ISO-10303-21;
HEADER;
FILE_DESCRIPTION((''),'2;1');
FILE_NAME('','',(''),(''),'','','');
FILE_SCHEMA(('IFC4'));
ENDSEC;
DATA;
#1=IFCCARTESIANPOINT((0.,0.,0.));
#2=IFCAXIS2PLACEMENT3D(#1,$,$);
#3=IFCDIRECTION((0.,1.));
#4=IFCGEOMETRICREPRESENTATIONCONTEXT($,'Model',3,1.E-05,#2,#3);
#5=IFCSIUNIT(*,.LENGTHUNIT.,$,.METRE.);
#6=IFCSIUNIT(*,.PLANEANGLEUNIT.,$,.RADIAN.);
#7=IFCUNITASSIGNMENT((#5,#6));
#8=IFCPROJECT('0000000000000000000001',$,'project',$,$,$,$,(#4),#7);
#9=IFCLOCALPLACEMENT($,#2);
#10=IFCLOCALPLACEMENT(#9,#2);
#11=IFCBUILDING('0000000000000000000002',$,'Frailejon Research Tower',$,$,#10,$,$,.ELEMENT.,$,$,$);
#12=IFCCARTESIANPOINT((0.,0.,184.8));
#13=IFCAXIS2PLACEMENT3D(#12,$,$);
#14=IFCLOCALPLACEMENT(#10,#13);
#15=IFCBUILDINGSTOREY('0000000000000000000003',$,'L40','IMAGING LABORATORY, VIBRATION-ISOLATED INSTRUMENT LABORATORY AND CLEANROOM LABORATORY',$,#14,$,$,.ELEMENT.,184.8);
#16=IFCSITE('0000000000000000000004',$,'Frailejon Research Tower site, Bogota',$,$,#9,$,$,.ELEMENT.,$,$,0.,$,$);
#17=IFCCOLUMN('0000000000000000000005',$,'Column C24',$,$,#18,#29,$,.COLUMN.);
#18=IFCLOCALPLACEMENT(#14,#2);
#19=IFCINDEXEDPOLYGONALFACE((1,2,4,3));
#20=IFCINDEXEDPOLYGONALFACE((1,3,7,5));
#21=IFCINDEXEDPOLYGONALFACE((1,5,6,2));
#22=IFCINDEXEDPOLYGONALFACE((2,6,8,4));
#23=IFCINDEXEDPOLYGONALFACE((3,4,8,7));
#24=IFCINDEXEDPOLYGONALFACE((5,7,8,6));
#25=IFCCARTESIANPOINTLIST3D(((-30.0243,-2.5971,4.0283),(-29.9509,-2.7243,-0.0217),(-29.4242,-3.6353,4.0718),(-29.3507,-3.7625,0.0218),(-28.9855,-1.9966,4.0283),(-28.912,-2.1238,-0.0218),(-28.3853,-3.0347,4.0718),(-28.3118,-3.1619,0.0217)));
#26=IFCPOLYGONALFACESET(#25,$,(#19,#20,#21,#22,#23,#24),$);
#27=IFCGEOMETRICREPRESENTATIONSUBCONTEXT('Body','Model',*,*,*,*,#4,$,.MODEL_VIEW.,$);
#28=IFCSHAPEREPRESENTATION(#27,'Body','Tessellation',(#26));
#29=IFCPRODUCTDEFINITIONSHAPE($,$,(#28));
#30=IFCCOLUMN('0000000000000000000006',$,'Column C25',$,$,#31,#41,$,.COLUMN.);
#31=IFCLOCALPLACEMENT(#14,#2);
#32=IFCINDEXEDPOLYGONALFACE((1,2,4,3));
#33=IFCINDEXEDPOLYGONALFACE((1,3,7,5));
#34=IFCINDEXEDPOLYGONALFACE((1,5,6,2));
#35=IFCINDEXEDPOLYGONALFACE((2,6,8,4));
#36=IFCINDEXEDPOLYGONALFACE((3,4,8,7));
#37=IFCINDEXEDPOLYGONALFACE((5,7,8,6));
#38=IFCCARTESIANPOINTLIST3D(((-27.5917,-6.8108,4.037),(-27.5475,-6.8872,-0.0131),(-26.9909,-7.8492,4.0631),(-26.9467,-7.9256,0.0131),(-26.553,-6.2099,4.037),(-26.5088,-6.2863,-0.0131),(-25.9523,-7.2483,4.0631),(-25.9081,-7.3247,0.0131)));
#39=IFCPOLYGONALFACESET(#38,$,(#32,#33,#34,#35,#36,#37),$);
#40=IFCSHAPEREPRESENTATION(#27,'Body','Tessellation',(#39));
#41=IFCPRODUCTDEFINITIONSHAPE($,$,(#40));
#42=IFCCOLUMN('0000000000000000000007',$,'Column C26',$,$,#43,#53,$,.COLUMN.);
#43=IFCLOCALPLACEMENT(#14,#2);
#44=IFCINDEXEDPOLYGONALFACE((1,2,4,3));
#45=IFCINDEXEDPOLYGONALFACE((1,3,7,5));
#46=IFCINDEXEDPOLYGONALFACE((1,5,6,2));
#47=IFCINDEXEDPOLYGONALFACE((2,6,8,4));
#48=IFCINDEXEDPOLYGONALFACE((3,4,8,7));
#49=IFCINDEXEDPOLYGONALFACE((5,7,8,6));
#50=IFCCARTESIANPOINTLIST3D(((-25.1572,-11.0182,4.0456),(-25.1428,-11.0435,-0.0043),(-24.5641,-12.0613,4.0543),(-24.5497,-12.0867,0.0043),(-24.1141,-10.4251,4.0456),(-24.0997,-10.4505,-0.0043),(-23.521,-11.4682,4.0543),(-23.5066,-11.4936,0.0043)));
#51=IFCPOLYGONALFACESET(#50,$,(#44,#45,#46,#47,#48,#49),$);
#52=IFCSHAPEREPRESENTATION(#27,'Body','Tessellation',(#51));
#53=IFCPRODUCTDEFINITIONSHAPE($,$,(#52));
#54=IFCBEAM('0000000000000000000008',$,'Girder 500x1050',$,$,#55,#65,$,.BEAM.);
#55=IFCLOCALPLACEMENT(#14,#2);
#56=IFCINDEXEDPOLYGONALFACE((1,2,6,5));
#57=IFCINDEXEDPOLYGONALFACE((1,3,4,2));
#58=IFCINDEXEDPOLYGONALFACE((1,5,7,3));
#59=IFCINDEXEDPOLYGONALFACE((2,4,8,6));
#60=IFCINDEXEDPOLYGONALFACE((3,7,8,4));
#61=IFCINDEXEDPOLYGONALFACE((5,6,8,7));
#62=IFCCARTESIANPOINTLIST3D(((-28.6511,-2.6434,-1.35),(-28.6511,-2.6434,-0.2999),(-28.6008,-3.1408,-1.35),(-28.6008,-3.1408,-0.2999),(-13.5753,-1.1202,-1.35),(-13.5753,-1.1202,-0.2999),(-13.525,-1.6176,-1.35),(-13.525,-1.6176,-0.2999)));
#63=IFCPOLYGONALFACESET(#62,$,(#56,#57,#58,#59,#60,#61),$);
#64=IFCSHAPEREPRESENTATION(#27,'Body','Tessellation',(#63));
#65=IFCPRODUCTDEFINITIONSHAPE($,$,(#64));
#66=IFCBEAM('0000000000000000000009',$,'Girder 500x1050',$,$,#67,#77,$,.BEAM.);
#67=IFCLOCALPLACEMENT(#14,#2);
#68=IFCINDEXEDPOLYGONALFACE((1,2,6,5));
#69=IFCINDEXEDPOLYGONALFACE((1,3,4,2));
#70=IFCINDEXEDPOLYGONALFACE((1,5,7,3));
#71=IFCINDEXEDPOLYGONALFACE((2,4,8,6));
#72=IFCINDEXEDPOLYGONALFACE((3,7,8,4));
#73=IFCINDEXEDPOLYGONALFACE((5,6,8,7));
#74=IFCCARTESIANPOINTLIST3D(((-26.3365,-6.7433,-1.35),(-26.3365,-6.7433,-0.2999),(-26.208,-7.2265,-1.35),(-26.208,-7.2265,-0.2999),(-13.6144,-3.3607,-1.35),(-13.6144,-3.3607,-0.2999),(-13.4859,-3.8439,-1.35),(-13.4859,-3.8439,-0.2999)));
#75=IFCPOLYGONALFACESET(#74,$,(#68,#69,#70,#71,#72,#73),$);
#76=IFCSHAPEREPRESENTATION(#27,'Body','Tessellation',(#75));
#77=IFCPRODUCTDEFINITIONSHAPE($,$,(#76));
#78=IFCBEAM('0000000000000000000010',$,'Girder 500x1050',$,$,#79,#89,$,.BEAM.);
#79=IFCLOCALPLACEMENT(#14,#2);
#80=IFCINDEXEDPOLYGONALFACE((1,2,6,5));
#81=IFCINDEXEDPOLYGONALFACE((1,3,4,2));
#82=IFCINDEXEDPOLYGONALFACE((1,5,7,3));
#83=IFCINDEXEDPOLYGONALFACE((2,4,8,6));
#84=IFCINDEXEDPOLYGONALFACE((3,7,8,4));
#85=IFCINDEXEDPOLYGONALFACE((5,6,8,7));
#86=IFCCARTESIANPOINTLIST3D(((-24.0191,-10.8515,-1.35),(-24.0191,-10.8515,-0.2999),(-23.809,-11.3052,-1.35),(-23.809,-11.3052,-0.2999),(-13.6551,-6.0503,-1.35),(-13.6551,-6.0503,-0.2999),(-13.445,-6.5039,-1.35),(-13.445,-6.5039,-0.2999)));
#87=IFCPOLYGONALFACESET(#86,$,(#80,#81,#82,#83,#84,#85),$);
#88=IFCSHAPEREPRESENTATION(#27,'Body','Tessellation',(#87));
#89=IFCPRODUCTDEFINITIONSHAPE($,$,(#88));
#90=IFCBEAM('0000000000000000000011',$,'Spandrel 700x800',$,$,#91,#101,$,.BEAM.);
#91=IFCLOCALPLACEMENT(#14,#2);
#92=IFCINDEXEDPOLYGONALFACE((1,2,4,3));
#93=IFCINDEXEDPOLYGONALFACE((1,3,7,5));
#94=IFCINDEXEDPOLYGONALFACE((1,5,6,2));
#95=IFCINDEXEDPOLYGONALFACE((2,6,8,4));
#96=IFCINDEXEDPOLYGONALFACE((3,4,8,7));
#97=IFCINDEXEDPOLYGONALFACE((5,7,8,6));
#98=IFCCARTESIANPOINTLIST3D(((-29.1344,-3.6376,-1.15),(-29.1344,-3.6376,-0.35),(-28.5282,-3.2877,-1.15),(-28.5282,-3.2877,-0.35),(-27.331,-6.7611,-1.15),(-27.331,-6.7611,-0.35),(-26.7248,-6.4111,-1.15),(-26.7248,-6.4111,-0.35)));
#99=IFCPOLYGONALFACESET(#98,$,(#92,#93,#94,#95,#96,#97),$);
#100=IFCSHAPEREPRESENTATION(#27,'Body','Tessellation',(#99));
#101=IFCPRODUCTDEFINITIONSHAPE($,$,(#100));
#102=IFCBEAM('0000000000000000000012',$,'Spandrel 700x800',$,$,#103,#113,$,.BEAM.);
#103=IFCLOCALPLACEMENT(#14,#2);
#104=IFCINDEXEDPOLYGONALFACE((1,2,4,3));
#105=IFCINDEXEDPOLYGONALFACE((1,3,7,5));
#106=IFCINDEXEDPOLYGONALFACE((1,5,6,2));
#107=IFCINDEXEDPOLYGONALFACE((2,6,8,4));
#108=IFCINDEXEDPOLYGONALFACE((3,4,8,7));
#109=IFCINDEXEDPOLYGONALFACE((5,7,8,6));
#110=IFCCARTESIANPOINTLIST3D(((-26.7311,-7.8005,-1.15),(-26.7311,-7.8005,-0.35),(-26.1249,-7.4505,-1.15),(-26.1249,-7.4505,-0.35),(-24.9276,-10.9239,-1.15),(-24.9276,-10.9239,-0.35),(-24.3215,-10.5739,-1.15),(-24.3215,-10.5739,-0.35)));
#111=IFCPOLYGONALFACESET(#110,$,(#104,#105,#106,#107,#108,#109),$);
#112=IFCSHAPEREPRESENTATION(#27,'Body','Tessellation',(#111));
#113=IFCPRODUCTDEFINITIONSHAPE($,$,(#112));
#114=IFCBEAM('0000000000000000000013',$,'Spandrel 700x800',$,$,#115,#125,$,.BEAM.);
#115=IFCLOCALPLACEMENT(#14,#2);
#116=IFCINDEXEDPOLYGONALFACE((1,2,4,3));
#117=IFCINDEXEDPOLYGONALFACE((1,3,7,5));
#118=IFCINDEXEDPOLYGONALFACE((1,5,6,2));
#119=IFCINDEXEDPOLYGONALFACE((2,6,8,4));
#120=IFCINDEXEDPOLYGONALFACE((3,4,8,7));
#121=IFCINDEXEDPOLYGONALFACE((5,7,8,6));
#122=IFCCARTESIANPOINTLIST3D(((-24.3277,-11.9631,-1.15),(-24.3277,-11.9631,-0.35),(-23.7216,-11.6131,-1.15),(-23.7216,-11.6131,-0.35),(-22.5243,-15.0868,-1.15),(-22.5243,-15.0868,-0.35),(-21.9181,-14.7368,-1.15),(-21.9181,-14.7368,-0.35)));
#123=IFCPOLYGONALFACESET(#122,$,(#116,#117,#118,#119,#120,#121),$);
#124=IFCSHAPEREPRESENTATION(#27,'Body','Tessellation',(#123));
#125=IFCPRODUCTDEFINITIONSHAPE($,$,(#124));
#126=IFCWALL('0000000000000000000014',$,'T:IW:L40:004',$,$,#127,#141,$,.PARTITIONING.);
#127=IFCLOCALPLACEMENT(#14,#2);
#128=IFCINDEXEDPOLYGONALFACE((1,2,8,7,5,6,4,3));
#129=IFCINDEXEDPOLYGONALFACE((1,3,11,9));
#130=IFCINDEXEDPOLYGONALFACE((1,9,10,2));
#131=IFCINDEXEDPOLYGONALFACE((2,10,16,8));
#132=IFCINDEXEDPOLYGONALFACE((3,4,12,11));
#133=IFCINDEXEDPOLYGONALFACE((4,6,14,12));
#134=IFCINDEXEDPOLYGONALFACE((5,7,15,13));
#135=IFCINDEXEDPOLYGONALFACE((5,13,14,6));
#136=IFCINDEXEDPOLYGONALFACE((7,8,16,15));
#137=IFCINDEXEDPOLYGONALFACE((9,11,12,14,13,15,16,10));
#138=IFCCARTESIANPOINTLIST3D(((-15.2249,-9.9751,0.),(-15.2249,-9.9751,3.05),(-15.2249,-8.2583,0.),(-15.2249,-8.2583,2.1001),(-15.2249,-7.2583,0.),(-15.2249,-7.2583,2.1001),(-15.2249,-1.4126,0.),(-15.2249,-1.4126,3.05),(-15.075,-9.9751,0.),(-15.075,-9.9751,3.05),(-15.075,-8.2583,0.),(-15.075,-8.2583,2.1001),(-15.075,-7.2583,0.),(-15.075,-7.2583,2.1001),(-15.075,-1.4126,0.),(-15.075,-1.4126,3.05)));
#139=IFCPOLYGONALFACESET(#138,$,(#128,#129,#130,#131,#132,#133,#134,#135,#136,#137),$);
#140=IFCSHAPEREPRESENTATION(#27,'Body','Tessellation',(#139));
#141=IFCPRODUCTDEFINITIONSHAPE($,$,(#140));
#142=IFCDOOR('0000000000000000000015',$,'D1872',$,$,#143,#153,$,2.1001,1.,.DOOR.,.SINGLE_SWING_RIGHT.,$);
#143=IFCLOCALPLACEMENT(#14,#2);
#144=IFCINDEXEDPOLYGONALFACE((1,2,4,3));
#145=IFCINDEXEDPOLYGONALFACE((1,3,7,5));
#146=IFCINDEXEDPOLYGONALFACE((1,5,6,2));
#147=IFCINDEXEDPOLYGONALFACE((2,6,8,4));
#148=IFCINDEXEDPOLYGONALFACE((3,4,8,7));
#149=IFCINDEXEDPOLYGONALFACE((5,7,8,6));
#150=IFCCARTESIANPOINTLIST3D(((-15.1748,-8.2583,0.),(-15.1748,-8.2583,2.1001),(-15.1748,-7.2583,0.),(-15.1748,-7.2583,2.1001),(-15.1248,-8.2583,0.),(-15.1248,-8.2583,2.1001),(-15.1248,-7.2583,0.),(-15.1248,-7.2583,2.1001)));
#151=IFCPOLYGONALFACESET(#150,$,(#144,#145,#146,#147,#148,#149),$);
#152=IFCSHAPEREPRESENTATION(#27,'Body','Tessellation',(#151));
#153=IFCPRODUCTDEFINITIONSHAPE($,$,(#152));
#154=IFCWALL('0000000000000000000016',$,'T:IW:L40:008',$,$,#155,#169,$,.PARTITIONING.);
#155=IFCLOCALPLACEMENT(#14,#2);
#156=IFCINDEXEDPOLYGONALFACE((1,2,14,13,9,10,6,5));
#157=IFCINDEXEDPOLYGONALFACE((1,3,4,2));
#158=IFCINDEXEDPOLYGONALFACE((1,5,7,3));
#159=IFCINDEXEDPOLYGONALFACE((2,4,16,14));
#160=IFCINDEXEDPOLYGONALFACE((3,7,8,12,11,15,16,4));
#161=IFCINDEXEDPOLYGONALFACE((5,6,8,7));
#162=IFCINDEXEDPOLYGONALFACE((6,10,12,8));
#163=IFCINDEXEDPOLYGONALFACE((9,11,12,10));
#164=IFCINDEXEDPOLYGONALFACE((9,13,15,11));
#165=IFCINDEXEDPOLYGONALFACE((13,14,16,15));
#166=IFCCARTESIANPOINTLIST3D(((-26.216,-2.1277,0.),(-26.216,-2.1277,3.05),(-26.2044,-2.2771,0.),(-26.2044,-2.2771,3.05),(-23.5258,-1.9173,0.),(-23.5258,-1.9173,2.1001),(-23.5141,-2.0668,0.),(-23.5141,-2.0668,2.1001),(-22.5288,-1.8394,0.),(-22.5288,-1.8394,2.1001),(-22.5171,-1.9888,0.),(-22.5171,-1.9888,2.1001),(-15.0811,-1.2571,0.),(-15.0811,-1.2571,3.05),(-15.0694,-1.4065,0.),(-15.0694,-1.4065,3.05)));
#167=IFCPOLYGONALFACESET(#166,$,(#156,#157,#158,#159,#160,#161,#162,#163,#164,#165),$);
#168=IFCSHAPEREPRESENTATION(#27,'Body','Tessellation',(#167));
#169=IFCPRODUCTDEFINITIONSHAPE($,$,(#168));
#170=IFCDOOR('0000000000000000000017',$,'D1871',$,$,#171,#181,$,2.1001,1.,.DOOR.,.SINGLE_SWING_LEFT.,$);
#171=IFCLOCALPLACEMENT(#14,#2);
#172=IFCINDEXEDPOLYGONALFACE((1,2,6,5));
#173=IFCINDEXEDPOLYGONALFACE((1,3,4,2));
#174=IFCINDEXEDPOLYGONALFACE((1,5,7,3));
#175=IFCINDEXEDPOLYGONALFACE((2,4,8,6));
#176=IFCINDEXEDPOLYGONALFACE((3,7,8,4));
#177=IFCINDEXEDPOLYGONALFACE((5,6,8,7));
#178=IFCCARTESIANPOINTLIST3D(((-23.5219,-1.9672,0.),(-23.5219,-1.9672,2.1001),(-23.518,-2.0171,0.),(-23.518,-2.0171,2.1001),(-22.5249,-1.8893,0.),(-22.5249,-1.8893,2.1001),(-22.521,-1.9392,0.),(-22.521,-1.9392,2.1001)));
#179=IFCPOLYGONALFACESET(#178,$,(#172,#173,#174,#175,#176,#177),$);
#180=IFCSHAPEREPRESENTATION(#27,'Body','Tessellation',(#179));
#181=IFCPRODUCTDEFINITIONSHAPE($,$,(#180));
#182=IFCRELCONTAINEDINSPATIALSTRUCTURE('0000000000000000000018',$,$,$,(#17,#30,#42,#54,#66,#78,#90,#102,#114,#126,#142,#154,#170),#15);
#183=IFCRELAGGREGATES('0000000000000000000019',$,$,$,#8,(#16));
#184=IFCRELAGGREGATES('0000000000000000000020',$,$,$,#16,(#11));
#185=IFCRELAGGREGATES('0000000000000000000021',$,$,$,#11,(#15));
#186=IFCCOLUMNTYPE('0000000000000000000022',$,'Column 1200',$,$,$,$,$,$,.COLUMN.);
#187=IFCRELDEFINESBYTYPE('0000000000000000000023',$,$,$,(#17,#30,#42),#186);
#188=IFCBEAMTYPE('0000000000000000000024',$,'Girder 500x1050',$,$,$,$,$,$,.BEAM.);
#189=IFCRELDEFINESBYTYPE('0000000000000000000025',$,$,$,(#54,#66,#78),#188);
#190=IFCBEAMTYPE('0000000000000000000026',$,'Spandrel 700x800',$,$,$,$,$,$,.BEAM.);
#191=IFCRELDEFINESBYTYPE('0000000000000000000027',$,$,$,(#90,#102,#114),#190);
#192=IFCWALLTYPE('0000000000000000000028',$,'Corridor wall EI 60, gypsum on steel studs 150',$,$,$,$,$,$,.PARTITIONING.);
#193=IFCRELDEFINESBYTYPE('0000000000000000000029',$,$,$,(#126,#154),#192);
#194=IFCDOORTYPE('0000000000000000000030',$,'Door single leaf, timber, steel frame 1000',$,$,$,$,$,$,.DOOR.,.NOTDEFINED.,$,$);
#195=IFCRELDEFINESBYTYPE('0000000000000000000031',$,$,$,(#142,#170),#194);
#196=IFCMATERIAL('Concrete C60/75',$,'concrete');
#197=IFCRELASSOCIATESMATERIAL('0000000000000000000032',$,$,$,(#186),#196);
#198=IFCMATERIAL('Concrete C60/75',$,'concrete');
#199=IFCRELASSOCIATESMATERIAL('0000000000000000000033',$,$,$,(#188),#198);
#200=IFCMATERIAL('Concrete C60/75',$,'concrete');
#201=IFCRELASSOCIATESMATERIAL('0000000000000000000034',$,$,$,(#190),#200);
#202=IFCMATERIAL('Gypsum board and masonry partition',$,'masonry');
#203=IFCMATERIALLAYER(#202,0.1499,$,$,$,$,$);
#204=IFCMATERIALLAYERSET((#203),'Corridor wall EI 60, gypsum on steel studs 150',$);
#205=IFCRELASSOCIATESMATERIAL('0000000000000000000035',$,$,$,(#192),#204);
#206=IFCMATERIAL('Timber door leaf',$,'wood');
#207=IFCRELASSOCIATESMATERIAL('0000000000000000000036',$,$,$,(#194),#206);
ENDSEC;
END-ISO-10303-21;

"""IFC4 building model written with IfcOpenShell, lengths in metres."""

from ifc_helpers import new_model, si_unit, direction, frame, frame_2d, origin, origin_2d, place, context, subcontext, project, spatial, rectangle, extrude, material, layer, layer_set, material_profile, profile_set, type_object, element, fill, save


model = new_model("IFC4")

# Units and contexts
model_context = context("Model", 3, precision=1e-05, world=origin(), true_north=direction((0.0, 1.0)))
body_context = subcontext(model_context, "Body", "Model", "MODEL_VIEW")
ifc_project = project(units=[si_unit("LENGTHUNIT", "METRE"), si_unit("PLANEANGLEUNIT", "RADIAN")], contexts=[model_context])

# Site, building, storey
site_placement = place(None, origin())
site = spatial("IfcSite", under=ifc_project, at=site_placement, Name="Frailejon Research Tower site, Bogota", CompositionType="ELEMENT", RefElevation=0.0)
building_placement = place(site_placement, origin())
building = spatial("IfcBuilding", under=site, at=building_placement, Name="Frailejon Research Tower", CompositionType="ELEMENT")
storey_placement = place(building_placement, frame((0.0, 0.0, 184.8)))
storey = spatial("IfcBuildingStorey", under=building, at=storey_placement, Name="L40", Description="IMAGING LABORATORY, VIBRATION-ISOLATED INSTRUMENT LABORATORY AND CLEANROOM LABORATORY", CompositionType="ELEMENT", Elevation=184.8)

# Columns
ifc_material_1 = material(Name="Concrete C60/75", Category="concrete")
ifc_material_profile_1 = material_profile(ifc_material_1, rectangle(XDim=1.2, YDim=1.2, at=origin_2d()), Name="Column 1200")
ifc_profile_set_1 = profile_set([ifc_material_profile_1], Name="Concrete C60/75")
column_type = type_object("IfcColumnType", Name="Column 1200", PredefinedType="COLUMN", material=ifc_profile_set_1)
column_1_placement = place(storey_placement, frame((-29.1313, -2.9431, 0.0), z_axis=(-0.018133, 0.031386, 0.999343), x_axis=(0.500145, -0.865183, 0.036247)))
element("IfcColumn", 1, at=column_1_placement, inside=storey, type_object=column_type, Name="Column C24", PredefinedType="COLUMN", context=body_context, shape_type="SweptSolid", body=[
    extrude(rectangle(XDim=1.2, YDim=1.2, at=origin_2d()), origin(), (0.0, 0.0, 1.0), 4.0527),
])
column_2_placement = place(storey_placement, frame((-26.7278, -7.106, 0.0), z_axis=(-0.010908, 0.018863, 0.999763), x_axis=(0.500638, -0.865382, 0.02179)))
element("IfcColumn", 2, at=column_2_placement, inside=storey, type_object=column_type, Name="Column C25", PredefinedType="COLUMN", context=body_context, shape_type="SweptSolid", body=[
    extrude(rectangle(XDim=1.2, YDim=1.2, at=origin_2d()), origin(), (0.0, 0.0, 1.0), 4.051),
])
column_3_placement = place(storey_placement, frame((-24.3247, -11.2686, 0.0), z_axis=(-0.003556, 0.006269, 0.999974), x_axis=(0.494246, -0.869292, 0.007208)))
element("IfcColumn", 3, at=column_3_placement, inside=storey, type_object=column_type, Name="Column C26", PredefinedType="COLUMN", context=body_context, shape_type="SweptSolid", body=[
    extrude(rectangle(XDim=1.2, YDim=1.2, at=origin_2d()), origin(), (0.0, 0.0, 1.0), 4.05),
])

# Beams
ifc_material_2 = material(Name="Concrete C60/75", Category="concrete")
ifc_material_profile_2 = material_profile(ifc_material_2, rectangle(XDim=0.5, YDim=1.05, at=origin_2d()), Name="Girder 500x1050")
ifc_profile_set_2 = profile_set([ifc_material_profile_2], Name="Concrete C60/75")
beam_type_1 = type_object("IfcBeamType", Name="Girder 500x1050", PredefinedType="BEAM", material=ifc_profile_set_2)
beam_1_placement = place(storey_placement, frame((-28.626, -2.8921, -0.825), z_axis=(0.994935, 0.100523, 0.0), x_axis=(-0.100523, 0.994935, 0.0)))
element("IfcBeam", 4, at=beam_1_placement, inside=storey, type_object=beam_type_1, Name="Girder 500x1050", PredefinedType="BEAM", context=body_context, shape_type="SweptSolid", body=[
    extrude(rectangle(XDim=0.5, YDim=1.05, at=origin_2d()), origin(), (0.0, 0.0, 1.0), 15.1526),
])
beam_2_placement = place(storey_placement, frame((-26.2722, -6.9849, -0.825), z_axis=(0.966424, 0.256953, 0.0), x_axis=(-0.256953, 0.966424, 0.0)))
element("IfcBeam", 5, at=beam_2_placement, inside=storey, type_object=beam_type_1, Name="Girder 500x1050", PredefinedType="BEAM", context=body_context, shape_type="SweptSolid", body=[
    extrude(rectangle(XDim=0.5, YDim=1.05, at=origin_2d()), origin(), (0.0, 0.0, 1.0), 13.1641),
])
beam_3_placement = place(storey_placement, frame((-23.9141, -11.0784, -0.825), z_axis=(0.907363, 0.420348, 0.0), x_axis=(-0.420348, 0.907363, 0.0)))
element("IfcBeam", 6, at=beam_3_placement, inside=storey, type_object=beam_type_1, Name="Girder 500x1050", PredefinedType="BEAM", context=body_context, shape_type="SweptSolid", body=[
    extrude(rectangle(XDim=0.5, YDim=1.05, at=origin_2d()), origin(), (0.0, 0.0, 1.0), 11.4221),
])
ifc_material_3 = material(Name="Concrete C60/75", Category="concrete")
ifc_material_profile_3 = material_profile(ifc_material_3, rectangle(XDim=0.7, YDim=0.8, at=origin_2d()), Name="Spandrel 700x800")
ifc_profile_set_3 = profile_set([ifc_material_profile_3], Name="Concrete C60/75")
beam_type_2 = type_object("IfcBeamType", Name="Spandrel 700x800", PredefinedType="BEAM", material=ifc_profile_set_3)
for number, where, z_axis, x_axis, name in (
    (7, (-28.8313, -3.4626, -0.75), (0.500019, -0.866014, 0.0), (0.866014, 0.500019, 0.0), "Spandrel 700x800"),
    (8, (-26.428, -7.6255, -0.75), (0.500019, -0.866014, 0.0), (0.866014, 0.500019, 0.0), "Spandrel 700x800"),
):
    element("IfcBeam", number, at=place(storey_placement, frame(where, z_axis=z_axis, x_axis=x_axis)), inside=storey, type_object=beam_type_2, Name=name, PredefinedType="BEAM", context=body_context, shape_type="SweptSolid", body=[
        extrude(rectangle(XDim=0.7, YDim=0.8, at=origin_2d()), origin(), (0.0, 0.0, 1.0), 3.6067),
    ])
beam_4_placement = place(storey_placement, frame((-24.0247, -11.7881, -0.75), z_axis=(0.49999, -0.866031, 0.0), x_axis=(0.866031, 0.49999, 0.0)))
element("IfcBeam", 9, at=beam_4_placement, inside=storey, type_object=beam_type_2, Name="Spandrel 700x800", PredefinedType="BEAM", context=body_context, shape_type="SweptSolid", body=[
    extrude(rectangle(XDim=0.7, YDim=0.8, at=origin_2d()), origin(), (0.0, 0.0, 1.0), 3.6069),
])

# Walls, openings, doors
ifc_material_4 = material(Name="Gypsum board and masonry partition", Category="masonry")
ifc_layer_1 = layer(ifc_material_4, 0.1499)
ifc_layer_set_1 = layer_set([ifc_layer_1], Name="Corridor wall EI 60, gypsum on steel studs 150")
wall_type_1 = type_object("IfcWallType", Name="Corridor wall EI 60, gypsum on steel studs 150", PredefinedType="PARTITIONING", material=ifc_layer_set_1)
wall_1_placement = place(storey_placement, frame((-15.1499, -9.9751, 0.0), z_axis=(0.0, 0.0, 1.0), x_axis=(0.0, 1.0, 0.0)))
wall_1 = element("IfcWall", 10, at=wall_1_placement, inside=storey, type_object=wall_type_1, Name="T:IW:L40:004", PredefinedType="PARTITIONING", context=body_context, shape_type="SweptSolid", body=[
    extrude(rectangle(XDim=8.5625, YDim=0.1499, at=frame_2d((4.2812, 0.0))), origin(), (0.0, 0.0, 1.0), 3.05),
])
opening_1_placement = place(wall_1_placement, frame((1.7168, 0.0, 0.0)))
opening_1 = element("IfcOpeningElement", 11, at=opening_1_placement, cuts=wall_1, PredefinedType="OPENING", context=body_context, shape_type="SweptSolid", body=[
    extrude(rectangle(XDim=1.0, YDim=2.1001, at=frame_2d((0.5, 1.05))), frame((0.0, 0.085, 0.0), z_axis=(0.0, -1.0, 0.0), x_axis=(1.0, 0.0, 0.0)), (0.0, 0.0, 1.0), 0.1699),
])
ifc_material_5 = material(Name="Timber door leaf", Category="wood")
door_type_1 = type_object("IfcDoorType", Name="Door single leaf, timber, steel frame 1000", OperationType="NOTDEFINED", PredefinedType="DOOR", material=ifc_material_5)
door_1_placement = place(opening_1_placement, origin())
door_1 = element("IfcDoor", 12, at=door_1_placement, inside=storey, type_object=door_type_1, Name="D1872", OperationType="SINGLE_SWING_RIGHT", OverallHeight=2.1001, OverallWidth=1.0, PredefinedType="DOOR", context=body_context, shape_type="SweptSolid", body=[
    extrude(rectangle(XDim=1.0, YDim=2.1001, at=frame_2d((0.5, 1.05))), frame((0.0, 0.0249, 0.0), z_axis=(0.0, -1.0, 0.0), x_axis=(1.0, 0.0, 0.0)), (0.0, 0.0, 1.0), 0.05),
])
fill(opening_1, door_1)
wall_2_placement = place(storey_placement, frame((-26.2102, -2.2024, 0.0), z_axis=(0.0, 0.0, 1.0), x_axis=(0.996957, 0.077948, 0.0)))
wall_2 = element("IfcWall", 13, at=wall_2_placement, inside=storey, type_object=wall_type_1, Name="T:IW:L40:008", PredefinedType="PARTITIONING", context=body_context, shape_type="SweptSolid", body=[
    extrude(rectangle(XDim=11.1689, YDim=0.1499, at=frame_2d((5.5845, 0.0))), origin(), (0.0, 0.0, 1.0), 3.05),
])
opening_2_placement = place(wall_2_placement, frame((2.6985, 0.0, 0.0)))
opening_2 = element("IfcOpeningElement", 14, at=opening_2_placement, cuts=wall_2, PredefinedType="OPENING", context=body_context, shape_type="SweptSolid", body=[
    extrude(rectangle(XDim=1.0, YDim=2.1001, at=frame_2d((0.5, 1.05))), frame((0.0, 0.085, 0.0), z_axis=(0.0, -1.0, 0.0), x_axis=(1.0, 0.0, 0.0)), (0.0, 0.0, 1.0), 0.1699),
])
door_2_placement = place(opening_2_placement, origin())
door_2 = element("IfcDoor", 15, at=door_2_placement, inside=storey, type_object=door_type_1, Name="D1871", OperationType="SINGLE_SWING_LEFT", OverallHeight=2.1001, OverallWidth=1.0, PredefinedType="DOOR", context=body_context, shape_type="SweptSolid", body=[
    extrude(rectangle(XDim=1.0, YDim=2.1001, at=frame_2d((0.5, 1.05))), frame((0.0, 0.0249, 0.0), z_axis=(0.0, -1.0, 0.0), x_axis=(1.0, 0.0, 0.0)), (0.0, 0.0, 1.0), 0.05),
])
fill(opening_2, door_2)

save(model, "model.ifc")
